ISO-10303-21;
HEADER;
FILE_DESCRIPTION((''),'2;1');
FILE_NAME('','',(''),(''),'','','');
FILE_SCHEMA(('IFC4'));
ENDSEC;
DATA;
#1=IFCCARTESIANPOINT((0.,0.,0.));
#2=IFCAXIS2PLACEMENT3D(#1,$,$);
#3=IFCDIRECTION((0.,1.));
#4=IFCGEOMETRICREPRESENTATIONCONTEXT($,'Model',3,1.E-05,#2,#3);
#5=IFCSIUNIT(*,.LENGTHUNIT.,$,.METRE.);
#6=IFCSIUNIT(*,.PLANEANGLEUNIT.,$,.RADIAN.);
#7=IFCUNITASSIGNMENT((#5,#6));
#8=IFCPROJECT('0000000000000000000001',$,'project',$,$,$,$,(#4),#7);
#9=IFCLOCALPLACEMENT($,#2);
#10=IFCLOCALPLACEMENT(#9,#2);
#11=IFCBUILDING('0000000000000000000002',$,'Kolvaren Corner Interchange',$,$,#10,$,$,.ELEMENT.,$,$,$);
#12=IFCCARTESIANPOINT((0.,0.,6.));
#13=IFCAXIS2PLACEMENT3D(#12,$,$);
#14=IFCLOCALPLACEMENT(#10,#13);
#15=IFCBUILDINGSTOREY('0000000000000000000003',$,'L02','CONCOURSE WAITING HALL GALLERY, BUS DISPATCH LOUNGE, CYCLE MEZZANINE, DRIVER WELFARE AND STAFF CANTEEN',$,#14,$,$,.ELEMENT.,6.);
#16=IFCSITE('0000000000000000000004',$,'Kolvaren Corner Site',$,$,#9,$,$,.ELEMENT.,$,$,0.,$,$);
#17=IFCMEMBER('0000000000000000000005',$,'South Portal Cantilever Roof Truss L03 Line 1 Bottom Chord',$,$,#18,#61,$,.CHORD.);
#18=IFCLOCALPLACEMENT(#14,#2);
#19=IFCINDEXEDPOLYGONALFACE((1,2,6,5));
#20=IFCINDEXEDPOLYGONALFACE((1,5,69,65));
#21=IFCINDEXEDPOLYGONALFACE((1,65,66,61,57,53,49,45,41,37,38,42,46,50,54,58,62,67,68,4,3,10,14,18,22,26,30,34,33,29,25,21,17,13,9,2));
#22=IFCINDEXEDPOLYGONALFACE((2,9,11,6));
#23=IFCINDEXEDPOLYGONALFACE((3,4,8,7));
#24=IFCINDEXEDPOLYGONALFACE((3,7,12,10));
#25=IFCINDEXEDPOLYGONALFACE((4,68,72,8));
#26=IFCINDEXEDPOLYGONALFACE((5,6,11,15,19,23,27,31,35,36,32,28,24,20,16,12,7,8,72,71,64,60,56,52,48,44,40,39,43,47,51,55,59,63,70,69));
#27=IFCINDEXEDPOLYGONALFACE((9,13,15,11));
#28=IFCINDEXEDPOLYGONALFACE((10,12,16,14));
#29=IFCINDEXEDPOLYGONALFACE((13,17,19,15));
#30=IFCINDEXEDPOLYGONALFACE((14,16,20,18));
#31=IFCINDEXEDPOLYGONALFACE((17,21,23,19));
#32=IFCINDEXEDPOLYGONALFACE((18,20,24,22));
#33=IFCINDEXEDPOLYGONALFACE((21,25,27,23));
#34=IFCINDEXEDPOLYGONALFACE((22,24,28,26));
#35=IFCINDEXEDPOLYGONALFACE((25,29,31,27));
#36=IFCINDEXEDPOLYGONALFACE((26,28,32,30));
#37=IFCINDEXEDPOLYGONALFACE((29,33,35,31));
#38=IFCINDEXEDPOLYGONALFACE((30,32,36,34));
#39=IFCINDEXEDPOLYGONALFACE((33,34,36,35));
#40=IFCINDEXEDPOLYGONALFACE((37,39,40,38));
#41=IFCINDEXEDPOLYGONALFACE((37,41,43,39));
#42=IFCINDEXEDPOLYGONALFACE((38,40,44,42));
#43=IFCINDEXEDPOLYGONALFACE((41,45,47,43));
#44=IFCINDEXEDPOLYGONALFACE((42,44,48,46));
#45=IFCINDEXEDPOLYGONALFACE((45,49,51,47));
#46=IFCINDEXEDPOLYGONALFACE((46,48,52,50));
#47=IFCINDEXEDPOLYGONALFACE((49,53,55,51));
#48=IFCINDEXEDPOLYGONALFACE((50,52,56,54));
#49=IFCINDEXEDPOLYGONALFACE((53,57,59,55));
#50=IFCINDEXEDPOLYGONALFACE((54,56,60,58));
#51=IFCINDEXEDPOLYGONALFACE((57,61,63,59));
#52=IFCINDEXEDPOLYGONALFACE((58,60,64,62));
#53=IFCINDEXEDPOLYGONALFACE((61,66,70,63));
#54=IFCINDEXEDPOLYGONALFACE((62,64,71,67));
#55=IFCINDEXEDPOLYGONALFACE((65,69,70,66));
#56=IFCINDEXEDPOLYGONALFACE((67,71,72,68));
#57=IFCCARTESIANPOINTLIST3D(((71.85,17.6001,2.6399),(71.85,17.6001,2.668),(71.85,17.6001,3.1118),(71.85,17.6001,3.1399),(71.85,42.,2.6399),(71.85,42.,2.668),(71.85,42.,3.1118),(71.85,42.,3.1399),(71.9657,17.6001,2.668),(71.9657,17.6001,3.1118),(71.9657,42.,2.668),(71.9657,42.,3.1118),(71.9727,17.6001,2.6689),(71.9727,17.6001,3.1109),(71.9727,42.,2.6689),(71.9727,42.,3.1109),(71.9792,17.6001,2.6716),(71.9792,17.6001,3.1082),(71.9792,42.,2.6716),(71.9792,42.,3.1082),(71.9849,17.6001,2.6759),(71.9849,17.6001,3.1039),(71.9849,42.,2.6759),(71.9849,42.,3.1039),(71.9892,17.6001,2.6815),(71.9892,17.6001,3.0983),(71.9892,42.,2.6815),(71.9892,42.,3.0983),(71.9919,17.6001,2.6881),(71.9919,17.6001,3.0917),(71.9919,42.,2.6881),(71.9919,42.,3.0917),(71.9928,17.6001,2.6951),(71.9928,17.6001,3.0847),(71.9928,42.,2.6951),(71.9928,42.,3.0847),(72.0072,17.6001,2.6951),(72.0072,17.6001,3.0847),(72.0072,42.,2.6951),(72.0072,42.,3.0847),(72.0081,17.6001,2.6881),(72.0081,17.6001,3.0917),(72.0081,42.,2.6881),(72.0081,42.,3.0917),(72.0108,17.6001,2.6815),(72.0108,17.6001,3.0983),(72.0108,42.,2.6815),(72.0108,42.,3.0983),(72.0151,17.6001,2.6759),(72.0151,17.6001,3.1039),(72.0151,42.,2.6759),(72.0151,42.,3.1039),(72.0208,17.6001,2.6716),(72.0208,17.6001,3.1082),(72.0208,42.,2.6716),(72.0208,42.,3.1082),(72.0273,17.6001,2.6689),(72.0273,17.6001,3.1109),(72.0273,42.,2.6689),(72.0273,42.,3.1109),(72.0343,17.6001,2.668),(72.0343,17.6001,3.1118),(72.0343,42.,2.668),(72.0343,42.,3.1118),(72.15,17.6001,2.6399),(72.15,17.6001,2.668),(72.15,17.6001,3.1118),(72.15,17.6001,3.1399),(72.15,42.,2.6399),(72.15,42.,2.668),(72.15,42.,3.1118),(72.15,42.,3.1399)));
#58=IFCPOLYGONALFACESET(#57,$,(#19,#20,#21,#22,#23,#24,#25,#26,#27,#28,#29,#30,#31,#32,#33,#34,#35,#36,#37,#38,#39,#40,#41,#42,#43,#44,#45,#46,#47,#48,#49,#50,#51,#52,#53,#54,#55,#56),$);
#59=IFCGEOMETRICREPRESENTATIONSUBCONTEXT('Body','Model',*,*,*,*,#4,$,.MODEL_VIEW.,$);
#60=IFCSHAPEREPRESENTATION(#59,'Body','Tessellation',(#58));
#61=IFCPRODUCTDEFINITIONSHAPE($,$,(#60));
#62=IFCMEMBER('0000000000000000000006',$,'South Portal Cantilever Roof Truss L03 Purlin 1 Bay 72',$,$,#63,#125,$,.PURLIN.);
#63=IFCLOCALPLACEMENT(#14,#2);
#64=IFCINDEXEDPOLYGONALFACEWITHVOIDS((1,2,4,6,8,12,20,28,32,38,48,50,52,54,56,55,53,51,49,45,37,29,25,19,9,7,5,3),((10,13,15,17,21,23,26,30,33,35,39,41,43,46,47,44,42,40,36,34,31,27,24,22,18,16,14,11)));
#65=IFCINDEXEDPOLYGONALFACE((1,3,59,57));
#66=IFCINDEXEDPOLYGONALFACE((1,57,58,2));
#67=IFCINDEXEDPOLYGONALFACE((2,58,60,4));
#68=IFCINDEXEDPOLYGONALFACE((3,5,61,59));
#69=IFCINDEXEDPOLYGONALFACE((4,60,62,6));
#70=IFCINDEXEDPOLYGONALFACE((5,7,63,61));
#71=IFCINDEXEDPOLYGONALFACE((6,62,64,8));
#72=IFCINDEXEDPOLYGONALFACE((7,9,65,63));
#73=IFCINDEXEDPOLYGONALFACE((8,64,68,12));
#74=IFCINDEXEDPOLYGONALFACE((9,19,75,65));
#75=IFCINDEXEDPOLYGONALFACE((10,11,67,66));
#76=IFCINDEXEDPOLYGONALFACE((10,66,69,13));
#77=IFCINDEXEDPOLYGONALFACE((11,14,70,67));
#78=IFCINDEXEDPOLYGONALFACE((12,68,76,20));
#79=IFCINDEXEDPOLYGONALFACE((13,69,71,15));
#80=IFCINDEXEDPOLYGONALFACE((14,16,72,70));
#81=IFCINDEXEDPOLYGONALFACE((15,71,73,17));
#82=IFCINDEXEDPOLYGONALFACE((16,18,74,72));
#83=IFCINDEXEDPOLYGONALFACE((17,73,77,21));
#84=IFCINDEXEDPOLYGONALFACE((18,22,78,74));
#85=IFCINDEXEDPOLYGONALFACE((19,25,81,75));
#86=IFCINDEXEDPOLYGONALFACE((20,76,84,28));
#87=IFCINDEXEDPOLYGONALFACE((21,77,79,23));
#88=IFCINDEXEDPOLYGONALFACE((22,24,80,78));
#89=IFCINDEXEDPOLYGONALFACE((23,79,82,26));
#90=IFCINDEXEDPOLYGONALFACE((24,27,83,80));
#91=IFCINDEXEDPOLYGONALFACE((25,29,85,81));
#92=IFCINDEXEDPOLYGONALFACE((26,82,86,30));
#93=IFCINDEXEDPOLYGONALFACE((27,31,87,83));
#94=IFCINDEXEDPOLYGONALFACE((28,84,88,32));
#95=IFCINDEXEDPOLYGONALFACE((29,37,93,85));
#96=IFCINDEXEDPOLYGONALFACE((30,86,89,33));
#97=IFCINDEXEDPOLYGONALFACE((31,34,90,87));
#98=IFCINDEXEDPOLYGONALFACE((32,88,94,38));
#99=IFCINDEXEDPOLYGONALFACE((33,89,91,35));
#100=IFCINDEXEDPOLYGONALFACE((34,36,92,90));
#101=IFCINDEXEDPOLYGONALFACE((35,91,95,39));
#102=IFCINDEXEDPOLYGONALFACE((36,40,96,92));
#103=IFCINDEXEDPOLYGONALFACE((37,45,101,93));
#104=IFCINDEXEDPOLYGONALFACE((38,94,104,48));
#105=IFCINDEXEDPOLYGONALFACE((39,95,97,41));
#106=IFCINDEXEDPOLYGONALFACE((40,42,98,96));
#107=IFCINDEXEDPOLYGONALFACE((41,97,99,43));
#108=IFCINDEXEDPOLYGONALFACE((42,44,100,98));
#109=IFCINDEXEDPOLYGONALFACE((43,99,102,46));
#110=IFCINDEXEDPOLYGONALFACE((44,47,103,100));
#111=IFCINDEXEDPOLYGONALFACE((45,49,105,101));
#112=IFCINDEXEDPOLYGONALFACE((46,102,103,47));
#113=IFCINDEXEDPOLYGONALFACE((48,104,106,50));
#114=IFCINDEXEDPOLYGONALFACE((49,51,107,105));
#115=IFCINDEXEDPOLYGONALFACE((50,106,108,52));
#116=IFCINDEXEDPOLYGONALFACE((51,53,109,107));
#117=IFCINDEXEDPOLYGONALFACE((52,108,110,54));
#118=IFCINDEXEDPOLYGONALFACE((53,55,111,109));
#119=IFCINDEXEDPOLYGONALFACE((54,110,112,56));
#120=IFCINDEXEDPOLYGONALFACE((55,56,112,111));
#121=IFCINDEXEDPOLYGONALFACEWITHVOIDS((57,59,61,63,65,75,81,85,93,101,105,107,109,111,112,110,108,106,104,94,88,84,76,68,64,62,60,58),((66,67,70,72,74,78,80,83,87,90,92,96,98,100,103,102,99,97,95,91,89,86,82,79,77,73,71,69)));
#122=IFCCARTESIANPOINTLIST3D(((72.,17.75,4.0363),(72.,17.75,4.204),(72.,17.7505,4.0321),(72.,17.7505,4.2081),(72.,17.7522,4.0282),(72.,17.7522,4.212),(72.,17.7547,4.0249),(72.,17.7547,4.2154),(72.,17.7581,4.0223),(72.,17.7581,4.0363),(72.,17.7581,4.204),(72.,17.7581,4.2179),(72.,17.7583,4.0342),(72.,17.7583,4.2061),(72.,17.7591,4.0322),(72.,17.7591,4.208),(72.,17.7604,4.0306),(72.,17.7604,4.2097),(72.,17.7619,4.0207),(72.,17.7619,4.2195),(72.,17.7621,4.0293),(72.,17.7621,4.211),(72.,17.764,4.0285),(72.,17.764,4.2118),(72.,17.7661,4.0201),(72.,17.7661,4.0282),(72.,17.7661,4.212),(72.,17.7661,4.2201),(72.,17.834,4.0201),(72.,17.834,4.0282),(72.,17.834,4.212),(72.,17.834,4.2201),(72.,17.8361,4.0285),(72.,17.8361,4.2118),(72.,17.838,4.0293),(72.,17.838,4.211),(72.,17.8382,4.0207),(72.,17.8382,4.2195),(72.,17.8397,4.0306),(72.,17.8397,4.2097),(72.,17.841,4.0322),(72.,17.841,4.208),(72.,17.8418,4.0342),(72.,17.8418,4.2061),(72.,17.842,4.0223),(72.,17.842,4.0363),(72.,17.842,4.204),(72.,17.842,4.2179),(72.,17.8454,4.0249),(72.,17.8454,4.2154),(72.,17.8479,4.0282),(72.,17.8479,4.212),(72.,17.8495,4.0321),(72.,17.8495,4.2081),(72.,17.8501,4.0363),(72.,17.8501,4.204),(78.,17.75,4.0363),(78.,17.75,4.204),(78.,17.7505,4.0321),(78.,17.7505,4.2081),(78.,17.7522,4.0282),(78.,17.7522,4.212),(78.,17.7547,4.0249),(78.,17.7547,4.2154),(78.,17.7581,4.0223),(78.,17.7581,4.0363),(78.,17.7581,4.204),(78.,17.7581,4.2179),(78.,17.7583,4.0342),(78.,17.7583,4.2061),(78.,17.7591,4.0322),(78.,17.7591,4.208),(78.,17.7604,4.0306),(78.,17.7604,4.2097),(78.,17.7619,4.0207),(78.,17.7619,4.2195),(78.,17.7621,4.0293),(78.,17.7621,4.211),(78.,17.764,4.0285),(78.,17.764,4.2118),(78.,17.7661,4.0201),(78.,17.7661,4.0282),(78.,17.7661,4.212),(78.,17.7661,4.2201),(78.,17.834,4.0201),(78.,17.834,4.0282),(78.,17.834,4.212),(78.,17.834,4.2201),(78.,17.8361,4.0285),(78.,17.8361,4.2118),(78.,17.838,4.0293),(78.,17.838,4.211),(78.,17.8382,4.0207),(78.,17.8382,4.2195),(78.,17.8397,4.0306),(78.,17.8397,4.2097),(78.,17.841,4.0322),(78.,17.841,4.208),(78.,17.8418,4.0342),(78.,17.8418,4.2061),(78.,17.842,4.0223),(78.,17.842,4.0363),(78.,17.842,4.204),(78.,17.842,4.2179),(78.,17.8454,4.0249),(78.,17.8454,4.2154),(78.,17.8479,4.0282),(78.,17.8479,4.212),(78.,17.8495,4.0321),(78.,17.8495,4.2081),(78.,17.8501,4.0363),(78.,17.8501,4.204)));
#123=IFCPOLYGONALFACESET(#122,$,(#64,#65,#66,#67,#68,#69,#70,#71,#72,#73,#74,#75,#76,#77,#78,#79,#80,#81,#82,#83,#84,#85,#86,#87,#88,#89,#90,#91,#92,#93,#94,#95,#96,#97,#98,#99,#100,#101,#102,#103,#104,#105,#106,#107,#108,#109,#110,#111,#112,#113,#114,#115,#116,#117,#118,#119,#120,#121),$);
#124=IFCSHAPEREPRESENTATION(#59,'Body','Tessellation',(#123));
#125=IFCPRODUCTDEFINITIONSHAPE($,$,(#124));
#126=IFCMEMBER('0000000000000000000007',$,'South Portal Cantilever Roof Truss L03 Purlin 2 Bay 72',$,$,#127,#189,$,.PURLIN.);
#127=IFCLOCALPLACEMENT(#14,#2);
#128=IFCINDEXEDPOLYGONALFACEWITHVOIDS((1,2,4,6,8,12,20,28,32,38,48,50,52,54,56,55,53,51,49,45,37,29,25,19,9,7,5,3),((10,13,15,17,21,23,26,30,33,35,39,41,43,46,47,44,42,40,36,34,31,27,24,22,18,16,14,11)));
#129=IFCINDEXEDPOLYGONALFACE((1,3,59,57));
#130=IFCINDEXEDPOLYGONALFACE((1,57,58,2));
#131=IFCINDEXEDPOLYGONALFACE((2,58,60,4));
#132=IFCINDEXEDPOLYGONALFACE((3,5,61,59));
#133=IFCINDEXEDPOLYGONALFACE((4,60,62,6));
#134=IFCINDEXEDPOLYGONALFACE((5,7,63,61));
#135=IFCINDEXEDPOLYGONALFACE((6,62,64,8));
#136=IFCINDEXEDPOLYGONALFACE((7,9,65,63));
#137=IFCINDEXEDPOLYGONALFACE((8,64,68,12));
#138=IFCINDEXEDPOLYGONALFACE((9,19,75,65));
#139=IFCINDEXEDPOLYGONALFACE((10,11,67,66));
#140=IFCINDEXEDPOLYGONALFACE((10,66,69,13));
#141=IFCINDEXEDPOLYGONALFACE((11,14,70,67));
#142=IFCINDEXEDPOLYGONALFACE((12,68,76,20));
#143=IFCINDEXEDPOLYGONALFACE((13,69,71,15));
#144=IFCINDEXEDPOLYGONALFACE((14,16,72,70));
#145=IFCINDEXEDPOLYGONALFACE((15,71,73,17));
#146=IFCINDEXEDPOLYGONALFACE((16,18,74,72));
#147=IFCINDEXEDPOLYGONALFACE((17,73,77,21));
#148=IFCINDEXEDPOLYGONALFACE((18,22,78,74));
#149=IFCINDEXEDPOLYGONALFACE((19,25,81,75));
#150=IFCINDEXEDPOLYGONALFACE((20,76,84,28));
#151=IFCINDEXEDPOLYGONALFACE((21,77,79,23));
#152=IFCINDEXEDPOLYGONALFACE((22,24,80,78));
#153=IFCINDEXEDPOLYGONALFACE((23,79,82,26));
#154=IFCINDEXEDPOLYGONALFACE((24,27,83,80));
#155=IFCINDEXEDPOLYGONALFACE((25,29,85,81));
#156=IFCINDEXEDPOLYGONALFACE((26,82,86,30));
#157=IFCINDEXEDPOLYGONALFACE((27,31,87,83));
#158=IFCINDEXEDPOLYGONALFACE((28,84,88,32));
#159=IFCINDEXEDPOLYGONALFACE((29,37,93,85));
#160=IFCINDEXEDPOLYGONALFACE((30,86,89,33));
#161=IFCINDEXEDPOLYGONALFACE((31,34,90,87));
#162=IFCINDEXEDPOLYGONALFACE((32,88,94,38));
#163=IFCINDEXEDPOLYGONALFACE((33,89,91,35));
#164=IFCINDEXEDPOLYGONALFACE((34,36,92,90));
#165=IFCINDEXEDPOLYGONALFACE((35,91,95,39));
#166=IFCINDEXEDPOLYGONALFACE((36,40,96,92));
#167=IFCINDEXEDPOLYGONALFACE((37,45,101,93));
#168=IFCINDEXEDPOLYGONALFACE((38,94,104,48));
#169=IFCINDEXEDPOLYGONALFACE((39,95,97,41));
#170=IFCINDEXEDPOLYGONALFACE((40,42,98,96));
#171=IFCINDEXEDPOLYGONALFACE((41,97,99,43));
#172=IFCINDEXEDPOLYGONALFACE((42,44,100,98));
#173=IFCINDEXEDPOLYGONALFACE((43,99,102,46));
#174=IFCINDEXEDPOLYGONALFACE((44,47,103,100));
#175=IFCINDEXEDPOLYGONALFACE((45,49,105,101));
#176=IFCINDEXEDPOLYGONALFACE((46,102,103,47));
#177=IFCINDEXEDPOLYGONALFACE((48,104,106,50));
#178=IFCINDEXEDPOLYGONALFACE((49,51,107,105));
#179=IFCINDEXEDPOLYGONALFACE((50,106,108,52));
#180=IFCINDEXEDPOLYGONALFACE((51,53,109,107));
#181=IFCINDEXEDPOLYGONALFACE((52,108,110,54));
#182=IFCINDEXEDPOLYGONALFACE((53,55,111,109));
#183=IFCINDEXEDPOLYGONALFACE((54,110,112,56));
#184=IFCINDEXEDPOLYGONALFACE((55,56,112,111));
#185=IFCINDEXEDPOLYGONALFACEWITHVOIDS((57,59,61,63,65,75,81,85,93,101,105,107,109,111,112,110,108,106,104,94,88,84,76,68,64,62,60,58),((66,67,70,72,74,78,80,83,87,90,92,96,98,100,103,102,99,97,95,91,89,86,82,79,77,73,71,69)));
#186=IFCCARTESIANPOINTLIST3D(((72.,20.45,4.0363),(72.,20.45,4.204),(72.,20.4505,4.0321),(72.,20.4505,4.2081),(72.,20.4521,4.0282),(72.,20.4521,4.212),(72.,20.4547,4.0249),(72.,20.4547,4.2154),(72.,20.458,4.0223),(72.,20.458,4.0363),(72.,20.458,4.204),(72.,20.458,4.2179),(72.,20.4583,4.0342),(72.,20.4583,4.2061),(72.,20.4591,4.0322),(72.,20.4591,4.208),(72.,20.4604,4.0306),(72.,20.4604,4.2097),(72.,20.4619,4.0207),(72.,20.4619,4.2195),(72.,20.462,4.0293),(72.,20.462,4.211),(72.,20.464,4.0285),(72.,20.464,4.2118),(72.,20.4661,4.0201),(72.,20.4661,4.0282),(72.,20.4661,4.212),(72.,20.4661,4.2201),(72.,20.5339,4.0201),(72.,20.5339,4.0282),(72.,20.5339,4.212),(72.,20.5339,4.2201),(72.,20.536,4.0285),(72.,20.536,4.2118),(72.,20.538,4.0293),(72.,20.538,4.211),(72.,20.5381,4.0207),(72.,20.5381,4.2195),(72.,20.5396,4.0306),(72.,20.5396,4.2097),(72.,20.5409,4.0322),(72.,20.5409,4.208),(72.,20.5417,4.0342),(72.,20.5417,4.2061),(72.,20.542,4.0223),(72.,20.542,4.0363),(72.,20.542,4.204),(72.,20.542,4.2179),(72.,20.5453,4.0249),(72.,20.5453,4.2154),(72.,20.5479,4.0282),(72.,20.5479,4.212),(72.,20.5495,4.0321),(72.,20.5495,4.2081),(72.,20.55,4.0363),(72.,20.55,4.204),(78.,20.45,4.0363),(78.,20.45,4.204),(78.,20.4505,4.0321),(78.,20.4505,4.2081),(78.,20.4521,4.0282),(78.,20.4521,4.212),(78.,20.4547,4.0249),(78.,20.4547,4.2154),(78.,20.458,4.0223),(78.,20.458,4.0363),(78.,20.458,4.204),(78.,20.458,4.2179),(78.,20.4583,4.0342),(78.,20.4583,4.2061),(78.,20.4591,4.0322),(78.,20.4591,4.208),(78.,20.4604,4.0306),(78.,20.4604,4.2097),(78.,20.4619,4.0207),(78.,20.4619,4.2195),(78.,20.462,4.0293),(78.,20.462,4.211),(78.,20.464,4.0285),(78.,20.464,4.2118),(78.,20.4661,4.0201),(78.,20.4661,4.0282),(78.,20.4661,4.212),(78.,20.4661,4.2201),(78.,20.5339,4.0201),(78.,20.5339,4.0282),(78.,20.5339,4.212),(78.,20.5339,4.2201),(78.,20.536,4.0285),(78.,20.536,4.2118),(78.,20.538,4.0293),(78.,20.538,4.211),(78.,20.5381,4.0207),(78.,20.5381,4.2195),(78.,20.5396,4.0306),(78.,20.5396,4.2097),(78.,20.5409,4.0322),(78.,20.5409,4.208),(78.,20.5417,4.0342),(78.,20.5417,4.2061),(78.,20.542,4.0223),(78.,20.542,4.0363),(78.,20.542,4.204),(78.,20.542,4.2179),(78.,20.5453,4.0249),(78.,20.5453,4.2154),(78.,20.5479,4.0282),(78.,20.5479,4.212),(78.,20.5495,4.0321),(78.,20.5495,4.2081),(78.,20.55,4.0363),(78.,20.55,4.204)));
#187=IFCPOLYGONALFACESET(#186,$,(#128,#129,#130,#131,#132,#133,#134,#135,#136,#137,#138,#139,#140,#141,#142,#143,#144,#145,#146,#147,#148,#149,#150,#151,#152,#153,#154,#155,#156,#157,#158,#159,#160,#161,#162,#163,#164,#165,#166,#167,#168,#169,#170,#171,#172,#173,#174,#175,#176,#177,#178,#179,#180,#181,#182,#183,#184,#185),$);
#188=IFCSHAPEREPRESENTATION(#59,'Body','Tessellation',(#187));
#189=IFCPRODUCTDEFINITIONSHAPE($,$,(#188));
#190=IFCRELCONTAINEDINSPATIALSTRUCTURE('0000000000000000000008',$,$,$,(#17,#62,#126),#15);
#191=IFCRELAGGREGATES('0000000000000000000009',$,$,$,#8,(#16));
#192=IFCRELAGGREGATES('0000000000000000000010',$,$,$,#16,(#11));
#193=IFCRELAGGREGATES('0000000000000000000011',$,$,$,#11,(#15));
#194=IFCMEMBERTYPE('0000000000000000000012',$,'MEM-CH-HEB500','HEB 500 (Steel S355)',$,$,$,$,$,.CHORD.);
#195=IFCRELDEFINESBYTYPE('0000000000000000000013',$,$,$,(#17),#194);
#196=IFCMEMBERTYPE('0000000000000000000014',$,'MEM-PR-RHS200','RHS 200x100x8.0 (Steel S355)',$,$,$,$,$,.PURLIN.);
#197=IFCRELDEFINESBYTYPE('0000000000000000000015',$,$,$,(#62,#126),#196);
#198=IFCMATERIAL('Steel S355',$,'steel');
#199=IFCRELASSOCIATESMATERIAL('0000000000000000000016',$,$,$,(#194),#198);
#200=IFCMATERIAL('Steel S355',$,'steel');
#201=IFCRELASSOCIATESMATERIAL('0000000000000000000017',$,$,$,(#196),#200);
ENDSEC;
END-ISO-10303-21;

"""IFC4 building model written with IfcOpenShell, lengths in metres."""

from ifc_helpers import new_model, si_unit, direction, frame, origin, origin_2d, place, context, subcontext, project, spatial, hollow_rectangle, i_section, extrude, material, material_profile, profile_set, type_object, element, save


model = new_model("IFC4")

# Units and contexts
model_context = context("Model", 3, precision=1e-05, world=origin(), true_north=direction((0.0, 1.0)))
body_context = subcontext(model_context, "Body", "Model", "MODEL_VIEW")
ifc_project = project(units=[si_unit("LENGTHUNIT", "METRE"), si_unit("PLANEANGLEUNIT", "RADIAN")], contexts=[model_context])

# Site, building, storey
site_placement = place(None, origin())
site = spatial("IfcSite", under=ifc_project, at=site_placement, Name="Kolvaren Corner Site", CompositionType="ELEMENT", RefElevation=0.0)
building_placement = place(site_placement, origin())
building = spatial("IfcBuilding", under=site, at=building_placement, Name="Kolvaren Corner Interchange", CompositionType="ELEMENT")
storey_placement = place(building_placement, frame((0.0, 0.0, 6.0)))
storey = spatial("IfcBuildingStorey", under=building, at=storey_placement, Name="L02", Description="CONCOURSE WAITING HALL GALLERY, BUS DISPATCH LOUNGE, CYCLE MEZZANINE, DRIVER WELFARE AND STAFF CANTEEN", CompositionType="ELEMENT", Elevation=6.0)

# Members
ifc_material_1 = material(Name="Steel S355", Category="steel")
ifc_material_profile_1 = material_profile(ifc_material_1, i_section(OverallWidth=0.3, OverallDepth=0.5, WebThickness=0.0144, FlangeThickness=0.0281, FilletRadius=0.0271, at=origin_2d()), Name="HEB 500")
ifc_profile_set_1 = profile_set([ifc_material_profile_1], Name="Steel S355")
member_type_1 = type_object("IfcMemberType", Name="MEM-CH-HEB500", Description="HEB 500 (Steel S355)", PredefinedType="CHORD", material=ifc_profile_set_1)
for number, where, z_axis, x_axis, name in (
    (1, (72.0, 17.6001, 2.8899), (0.0, 1.0, 0.0), (-1.0, 0.0, 0.0), "South Portal Cantilever Roof Truss L03 Line 1 Bottom Chord"),
):
    element("IfcMember", number, at=place(storey_placement, frame(where, z_axis=z_axis, x_axis=x_axis)), inside=storey, type_object=member_type_1, Name=name, PredefinedType="CHORD", context=body_context, shape_type="SweptSolid", body=[
        extrude(i_section(OverallWidth=0.3, OverallDepth=0.5, WebThickness=0.0144, FlangeThickness=0.0281, FilletRadius=0.0271, at=origin_2d()), origin(), (0.0, 0.0, 1.0), 24.3999),
    ])
ifc_material_2 = material(Name="Steel S355", Category="steel")
ifc_material_profile_2 = material_profile(ifc_material_2, hollow_rectangle(XDim=0.1001, YDim=0.2, WallThickness=0.0081, InnerFilletRadius=0.0081, OuterFilletRadius=0.0161, at=origin_2d()), Name="RHS 200x100x8.0")
ifc_profile_set_2 = profile_set([ifc_material_profile_2], Name="Steel S355")
member_type_2 = type_object("IfcMemberType", Name="MEM-PR-RHS200", Description="RHS 200x100x8.0 (Steel S355)", PredefinedType="PURLIN", material=ifc_profile_set_2)
for number, where, z_axis, x_axis, name in (
    (2, (72.0, 17.8, 4.1201), (1.0, 0.0, 0.0), (0.0, 1.0, 0.0), "South Portal Cantilever Roof Truss L03 Purlin 1 Bay 72"),
    (3, (72.0, 20.5, 4.1201), (1.0, 0.0, 0.0), (0.0, 1.0, 0.0), "South Portal Cantilever Roof Truss L03 Purlin 2 Bay 72"),
):
    element("IfcMember", number, at=place(storey_placement, frame(where, z_axis=z_axis, x_axis=x_axis)), inside=storey, type_object=member_type_2, Name=name, PredefinedType="PURLIN", context=body_context, shape_type="SweptSolid", body=[
        extrude(hollow_rectangle(XDim=0.1001, YDim=0.2, WallThickness=0.0081, InnerFilletRadius=0.0081, OuterFilletRadius=0.0161, at=origin_2d()), origin(), (0.0, 0.0, 1.0), 6.0),
    ])

save(model, "model.ifc")
